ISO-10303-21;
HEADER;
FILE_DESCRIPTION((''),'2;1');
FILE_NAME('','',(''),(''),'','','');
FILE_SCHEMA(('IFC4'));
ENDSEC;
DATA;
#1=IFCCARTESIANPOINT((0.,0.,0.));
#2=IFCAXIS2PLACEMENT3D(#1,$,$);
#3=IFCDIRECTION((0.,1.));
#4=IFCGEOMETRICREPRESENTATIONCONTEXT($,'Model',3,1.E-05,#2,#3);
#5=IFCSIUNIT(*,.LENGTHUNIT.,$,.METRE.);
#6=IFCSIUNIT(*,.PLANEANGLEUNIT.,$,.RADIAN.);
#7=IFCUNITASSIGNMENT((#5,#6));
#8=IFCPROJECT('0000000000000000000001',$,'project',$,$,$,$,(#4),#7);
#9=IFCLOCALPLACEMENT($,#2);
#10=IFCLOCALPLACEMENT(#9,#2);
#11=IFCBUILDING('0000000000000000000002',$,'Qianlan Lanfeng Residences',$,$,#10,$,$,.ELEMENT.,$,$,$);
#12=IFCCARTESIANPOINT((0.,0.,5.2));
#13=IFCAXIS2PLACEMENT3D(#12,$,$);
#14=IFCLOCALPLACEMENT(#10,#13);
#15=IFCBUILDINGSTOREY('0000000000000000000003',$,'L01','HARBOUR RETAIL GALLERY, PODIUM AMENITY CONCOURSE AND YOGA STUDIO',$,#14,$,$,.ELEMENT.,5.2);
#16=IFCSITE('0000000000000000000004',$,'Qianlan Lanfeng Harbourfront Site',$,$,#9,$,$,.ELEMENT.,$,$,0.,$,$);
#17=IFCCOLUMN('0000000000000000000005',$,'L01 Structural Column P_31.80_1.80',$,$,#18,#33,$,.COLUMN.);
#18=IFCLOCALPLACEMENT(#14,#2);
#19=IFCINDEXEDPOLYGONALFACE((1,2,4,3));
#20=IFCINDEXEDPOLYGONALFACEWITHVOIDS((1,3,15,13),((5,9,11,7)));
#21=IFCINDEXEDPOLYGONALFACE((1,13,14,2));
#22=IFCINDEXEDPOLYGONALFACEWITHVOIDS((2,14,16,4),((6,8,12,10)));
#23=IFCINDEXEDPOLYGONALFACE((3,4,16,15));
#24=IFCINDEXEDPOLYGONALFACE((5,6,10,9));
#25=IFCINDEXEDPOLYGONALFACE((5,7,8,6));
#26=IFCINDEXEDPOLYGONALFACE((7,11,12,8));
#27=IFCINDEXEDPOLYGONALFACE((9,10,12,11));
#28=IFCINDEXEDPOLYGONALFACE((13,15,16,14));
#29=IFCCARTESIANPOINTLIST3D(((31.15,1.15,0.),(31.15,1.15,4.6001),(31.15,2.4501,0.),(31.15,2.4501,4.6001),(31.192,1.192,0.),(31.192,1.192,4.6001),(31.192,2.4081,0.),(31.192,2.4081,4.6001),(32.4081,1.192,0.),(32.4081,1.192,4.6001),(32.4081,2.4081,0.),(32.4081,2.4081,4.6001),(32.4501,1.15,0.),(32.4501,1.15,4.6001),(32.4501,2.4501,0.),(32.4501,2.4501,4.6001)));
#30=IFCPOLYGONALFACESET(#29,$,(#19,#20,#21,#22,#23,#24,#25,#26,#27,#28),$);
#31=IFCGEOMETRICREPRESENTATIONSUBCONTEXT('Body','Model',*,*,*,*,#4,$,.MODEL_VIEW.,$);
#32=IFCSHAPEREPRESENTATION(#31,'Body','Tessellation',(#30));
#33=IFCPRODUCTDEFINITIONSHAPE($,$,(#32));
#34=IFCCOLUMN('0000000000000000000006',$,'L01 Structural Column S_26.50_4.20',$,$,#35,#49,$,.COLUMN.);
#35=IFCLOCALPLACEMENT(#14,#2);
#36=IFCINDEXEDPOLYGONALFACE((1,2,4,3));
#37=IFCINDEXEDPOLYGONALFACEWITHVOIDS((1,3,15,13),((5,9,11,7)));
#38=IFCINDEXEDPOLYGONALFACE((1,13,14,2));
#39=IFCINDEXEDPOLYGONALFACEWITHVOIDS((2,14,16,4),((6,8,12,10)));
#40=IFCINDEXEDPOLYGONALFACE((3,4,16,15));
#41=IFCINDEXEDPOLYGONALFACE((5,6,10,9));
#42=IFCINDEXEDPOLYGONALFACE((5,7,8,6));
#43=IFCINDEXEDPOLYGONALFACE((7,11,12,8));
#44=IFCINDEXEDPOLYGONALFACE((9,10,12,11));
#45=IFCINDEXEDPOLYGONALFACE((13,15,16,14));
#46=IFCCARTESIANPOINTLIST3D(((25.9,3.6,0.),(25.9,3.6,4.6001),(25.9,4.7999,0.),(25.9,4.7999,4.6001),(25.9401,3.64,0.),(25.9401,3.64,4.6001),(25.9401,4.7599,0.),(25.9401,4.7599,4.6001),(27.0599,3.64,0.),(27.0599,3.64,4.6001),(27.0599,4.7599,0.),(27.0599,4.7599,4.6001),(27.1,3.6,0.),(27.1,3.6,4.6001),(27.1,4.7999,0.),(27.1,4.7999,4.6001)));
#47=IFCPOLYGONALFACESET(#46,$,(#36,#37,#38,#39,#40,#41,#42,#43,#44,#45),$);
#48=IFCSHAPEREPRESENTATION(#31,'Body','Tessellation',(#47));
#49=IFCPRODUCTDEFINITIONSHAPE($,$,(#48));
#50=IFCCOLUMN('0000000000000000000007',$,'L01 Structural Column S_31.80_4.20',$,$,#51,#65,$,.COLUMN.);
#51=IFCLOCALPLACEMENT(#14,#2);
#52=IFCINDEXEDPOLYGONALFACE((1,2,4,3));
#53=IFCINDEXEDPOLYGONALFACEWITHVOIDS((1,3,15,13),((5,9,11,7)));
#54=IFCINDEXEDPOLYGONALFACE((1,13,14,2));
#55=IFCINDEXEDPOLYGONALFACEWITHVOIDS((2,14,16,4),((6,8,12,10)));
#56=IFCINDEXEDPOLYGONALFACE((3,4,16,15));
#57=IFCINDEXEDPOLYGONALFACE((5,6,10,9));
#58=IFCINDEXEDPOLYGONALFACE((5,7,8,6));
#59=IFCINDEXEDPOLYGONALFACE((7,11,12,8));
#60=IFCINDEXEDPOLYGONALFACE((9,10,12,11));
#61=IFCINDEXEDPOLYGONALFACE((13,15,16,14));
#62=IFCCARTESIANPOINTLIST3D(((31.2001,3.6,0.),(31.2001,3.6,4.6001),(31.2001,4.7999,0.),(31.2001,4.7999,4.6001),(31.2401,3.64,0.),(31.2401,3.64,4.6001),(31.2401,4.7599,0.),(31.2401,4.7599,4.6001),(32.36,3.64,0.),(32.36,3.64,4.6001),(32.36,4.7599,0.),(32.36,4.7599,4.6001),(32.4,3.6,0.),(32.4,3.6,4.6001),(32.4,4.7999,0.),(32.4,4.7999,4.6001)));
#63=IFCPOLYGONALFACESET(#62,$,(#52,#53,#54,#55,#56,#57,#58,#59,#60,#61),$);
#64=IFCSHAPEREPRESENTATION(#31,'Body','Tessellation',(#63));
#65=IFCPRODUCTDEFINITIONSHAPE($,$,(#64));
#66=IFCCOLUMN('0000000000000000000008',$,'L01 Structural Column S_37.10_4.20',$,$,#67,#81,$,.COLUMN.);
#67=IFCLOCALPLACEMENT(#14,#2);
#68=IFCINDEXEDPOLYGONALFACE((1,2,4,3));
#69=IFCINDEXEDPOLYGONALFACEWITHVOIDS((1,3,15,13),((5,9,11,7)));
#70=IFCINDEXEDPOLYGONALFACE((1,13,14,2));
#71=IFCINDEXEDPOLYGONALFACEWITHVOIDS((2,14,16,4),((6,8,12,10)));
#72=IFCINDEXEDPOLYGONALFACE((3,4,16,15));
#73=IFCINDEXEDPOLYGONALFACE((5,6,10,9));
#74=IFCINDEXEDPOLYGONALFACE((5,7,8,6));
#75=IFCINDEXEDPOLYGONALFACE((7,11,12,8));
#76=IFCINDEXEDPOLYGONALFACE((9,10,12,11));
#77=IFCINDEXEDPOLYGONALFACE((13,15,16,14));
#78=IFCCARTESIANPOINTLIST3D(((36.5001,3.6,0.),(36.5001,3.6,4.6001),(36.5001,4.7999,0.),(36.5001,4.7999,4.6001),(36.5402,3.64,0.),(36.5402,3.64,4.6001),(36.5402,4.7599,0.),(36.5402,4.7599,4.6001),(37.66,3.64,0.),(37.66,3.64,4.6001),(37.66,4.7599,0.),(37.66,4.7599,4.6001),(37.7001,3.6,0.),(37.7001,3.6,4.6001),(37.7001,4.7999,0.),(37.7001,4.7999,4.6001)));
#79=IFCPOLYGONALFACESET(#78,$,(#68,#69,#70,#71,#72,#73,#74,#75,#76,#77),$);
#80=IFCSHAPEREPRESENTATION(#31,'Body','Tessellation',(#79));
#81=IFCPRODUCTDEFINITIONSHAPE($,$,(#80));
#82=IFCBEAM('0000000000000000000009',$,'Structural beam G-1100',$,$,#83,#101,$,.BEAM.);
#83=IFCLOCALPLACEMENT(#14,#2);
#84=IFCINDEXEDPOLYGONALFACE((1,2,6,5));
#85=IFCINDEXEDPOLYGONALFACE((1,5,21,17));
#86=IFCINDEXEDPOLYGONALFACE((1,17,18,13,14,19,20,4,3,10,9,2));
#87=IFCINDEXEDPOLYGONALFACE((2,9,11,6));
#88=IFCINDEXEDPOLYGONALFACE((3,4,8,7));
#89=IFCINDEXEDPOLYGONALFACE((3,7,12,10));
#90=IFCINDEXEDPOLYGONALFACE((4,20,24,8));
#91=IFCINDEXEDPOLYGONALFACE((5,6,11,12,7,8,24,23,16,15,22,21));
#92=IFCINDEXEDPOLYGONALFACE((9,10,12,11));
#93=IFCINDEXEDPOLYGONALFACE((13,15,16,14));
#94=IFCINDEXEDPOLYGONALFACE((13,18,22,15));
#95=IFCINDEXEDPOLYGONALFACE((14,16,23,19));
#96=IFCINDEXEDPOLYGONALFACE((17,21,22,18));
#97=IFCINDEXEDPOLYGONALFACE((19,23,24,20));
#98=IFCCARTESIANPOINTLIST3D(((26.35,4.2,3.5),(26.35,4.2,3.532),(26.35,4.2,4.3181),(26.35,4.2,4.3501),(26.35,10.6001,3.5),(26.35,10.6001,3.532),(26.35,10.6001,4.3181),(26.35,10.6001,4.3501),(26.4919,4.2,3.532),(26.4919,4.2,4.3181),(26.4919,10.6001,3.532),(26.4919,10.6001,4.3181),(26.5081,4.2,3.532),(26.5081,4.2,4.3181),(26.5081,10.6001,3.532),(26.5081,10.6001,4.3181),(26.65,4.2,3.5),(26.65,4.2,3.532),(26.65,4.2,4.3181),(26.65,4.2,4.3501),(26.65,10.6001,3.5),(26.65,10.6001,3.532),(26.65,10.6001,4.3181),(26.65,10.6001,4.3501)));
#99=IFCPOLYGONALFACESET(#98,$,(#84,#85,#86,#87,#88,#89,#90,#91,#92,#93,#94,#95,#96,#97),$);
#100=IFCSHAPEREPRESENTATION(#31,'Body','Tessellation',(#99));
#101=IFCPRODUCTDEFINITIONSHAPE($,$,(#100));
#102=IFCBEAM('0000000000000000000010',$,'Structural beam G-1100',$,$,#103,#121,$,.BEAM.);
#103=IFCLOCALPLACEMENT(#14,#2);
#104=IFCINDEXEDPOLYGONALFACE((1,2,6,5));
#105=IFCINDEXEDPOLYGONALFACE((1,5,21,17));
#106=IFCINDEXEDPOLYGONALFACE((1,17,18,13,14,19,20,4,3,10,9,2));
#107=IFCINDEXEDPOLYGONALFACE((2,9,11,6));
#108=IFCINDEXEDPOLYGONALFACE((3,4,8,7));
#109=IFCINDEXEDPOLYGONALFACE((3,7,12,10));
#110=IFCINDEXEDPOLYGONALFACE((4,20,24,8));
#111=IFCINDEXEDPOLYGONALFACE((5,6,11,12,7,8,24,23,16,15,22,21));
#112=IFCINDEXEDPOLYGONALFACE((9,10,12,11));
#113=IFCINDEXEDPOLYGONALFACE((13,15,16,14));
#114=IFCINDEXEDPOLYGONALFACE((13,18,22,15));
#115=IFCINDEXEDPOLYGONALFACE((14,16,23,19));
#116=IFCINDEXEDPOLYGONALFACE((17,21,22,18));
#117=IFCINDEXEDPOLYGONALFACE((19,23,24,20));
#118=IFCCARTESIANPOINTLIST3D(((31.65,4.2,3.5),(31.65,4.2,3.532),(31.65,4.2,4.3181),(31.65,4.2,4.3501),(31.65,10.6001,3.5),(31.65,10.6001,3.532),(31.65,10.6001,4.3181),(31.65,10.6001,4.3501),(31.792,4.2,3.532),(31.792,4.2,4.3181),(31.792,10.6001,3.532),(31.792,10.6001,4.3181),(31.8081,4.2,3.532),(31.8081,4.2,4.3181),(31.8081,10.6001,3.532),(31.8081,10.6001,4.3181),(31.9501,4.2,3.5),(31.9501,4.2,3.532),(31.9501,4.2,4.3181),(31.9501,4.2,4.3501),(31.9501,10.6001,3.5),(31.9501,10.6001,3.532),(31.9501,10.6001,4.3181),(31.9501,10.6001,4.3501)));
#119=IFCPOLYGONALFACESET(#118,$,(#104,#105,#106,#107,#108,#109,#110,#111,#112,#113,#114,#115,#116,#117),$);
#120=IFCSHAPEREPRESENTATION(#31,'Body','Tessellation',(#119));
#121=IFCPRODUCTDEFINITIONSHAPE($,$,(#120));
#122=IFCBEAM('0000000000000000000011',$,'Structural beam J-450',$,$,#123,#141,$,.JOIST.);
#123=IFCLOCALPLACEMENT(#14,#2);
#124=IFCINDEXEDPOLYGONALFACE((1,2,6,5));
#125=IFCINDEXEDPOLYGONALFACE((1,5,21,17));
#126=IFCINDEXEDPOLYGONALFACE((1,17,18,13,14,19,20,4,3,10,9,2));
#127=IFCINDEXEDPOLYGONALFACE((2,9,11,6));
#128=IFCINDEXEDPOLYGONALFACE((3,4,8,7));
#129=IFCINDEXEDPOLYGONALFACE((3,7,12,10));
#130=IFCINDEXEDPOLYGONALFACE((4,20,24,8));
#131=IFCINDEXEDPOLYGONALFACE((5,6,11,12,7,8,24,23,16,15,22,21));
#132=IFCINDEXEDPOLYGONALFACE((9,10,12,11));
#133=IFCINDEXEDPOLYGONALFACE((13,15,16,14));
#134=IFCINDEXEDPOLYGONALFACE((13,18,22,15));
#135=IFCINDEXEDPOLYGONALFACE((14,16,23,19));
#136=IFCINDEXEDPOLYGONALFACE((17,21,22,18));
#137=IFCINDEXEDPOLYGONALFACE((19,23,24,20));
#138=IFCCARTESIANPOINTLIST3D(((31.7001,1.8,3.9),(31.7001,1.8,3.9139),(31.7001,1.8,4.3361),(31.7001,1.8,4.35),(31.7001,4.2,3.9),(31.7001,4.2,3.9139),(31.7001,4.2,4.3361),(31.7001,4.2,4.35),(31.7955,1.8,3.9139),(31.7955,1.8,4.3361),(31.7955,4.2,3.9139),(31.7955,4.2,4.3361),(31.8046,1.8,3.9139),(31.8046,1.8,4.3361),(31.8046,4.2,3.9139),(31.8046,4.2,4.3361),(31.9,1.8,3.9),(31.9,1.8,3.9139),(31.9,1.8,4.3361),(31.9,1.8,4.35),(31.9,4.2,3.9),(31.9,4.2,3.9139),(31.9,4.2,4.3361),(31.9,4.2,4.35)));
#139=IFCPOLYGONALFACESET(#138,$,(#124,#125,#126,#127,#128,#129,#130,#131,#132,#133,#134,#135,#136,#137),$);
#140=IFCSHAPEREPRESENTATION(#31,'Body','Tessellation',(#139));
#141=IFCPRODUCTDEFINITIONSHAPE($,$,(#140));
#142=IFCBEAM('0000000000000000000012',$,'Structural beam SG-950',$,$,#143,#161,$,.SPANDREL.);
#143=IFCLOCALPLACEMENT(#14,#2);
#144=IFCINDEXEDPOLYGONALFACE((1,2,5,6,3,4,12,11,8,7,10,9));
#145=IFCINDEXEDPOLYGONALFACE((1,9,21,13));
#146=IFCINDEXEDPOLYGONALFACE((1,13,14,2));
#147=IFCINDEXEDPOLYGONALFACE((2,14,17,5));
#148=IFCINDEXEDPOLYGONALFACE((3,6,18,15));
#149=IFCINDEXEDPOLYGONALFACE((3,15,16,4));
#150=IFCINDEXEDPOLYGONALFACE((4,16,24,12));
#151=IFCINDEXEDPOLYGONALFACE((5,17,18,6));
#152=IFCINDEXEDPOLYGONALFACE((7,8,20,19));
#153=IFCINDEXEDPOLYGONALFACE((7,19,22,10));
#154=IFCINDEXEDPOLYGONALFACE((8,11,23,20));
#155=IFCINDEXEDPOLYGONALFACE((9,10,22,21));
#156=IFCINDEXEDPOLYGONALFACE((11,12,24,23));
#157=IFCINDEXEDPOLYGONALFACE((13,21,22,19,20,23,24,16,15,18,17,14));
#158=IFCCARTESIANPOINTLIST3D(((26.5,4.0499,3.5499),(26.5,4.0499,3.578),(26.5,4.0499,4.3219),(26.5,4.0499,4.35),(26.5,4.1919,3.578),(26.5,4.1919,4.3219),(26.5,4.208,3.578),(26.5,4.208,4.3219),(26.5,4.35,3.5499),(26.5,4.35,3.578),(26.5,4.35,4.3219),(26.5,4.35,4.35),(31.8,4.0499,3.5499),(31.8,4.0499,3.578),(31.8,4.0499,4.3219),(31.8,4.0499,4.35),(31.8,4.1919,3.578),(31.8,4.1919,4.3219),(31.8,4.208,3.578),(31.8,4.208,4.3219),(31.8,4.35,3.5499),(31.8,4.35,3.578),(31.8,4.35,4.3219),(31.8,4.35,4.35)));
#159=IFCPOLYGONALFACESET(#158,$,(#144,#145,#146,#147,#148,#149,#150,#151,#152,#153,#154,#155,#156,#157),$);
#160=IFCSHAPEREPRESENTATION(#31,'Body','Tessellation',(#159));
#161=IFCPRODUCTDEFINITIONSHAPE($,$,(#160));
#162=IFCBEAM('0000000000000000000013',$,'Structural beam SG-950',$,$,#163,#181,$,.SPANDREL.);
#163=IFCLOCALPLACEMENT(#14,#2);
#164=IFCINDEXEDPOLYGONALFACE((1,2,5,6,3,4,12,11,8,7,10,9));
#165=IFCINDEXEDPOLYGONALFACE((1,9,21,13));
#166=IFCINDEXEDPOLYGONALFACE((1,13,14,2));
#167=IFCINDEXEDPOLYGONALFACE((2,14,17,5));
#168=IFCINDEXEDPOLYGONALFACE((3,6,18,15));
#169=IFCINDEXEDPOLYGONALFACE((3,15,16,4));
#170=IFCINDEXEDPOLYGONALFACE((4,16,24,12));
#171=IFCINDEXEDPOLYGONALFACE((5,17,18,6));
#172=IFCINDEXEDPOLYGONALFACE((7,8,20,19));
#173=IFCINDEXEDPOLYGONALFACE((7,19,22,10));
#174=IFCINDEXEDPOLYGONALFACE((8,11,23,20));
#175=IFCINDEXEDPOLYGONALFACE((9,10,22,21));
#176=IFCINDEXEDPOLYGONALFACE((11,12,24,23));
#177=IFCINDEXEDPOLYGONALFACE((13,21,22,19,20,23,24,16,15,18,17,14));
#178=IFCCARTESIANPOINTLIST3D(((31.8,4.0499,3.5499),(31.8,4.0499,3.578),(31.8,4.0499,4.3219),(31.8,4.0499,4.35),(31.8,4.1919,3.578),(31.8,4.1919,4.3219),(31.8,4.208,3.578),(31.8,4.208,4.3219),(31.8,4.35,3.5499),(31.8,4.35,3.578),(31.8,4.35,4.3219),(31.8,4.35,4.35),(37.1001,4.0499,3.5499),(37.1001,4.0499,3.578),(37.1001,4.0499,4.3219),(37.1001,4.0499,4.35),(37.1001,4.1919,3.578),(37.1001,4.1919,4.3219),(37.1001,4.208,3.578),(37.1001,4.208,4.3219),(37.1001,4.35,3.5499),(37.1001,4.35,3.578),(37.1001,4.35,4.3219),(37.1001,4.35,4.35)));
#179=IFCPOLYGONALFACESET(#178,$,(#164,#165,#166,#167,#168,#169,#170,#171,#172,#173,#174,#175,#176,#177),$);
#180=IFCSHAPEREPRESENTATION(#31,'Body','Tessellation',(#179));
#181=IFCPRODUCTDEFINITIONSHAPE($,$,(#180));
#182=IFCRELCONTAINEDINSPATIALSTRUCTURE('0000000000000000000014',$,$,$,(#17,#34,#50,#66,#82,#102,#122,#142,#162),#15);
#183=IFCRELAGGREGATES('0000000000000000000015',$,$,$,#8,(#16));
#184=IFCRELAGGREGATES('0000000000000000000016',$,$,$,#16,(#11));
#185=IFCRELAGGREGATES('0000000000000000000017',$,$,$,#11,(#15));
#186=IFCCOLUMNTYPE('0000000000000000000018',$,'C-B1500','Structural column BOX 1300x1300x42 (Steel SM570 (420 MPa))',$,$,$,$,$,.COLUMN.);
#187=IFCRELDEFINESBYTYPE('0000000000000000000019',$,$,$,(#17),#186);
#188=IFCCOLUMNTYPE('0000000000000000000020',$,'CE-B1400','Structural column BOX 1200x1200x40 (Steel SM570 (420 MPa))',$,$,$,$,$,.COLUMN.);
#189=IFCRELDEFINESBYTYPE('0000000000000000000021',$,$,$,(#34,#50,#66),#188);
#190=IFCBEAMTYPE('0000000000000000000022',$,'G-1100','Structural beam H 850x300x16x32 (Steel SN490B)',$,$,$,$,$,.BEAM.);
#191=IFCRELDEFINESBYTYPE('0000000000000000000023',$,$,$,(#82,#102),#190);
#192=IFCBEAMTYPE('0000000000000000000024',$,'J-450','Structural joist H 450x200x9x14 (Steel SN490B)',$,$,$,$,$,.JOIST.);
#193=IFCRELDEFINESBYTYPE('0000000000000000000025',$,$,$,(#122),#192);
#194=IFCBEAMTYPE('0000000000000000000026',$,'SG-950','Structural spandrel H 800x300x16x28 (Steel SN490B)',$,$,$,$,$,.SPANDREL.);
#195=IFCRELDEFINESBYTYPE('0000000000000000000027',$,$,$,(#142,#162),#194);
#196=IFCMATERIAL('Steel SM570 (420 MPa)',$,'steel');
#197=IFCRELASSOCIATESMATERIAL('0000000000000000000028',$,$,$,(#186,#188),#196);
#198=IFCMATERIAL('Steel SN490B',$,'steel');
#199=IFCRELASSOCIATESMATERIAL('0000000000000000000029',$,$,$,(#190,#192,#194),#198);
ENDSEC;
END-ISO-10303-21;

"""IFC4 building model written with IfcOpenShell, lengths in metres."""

from ifc_helpers import new_model, si_unit, direction, frame, origin, origin_2d, place, context, subcontext, project, spatial, hollow_rectangle, i_section, extrude, material, material_profile, profile_set, type_object, element, save


model = new_model("IFC4")

# Units and contexts
model_context = context("Model", 3, precision=1e-05, world=origin(), true_north=direction((0.0, 1.0)))
body_context = subcontext(model_context, "Body", "Model", "MODEL_VIEW")
ifc_project = project(units=[si_unit("LENGTHUNIT", "METRE"), si_unit("PLANEANGLEUNIT", "RADIAN")], contexts=[model_context])

# Site, building, storey
site_placement = place(None, origin())
site = spatial("IfcSite", under=ifc_project, at=site_placement, Name="Qianlan Lanfeng Harbourfront Site", CompositionType="ELEMENT", RefElevation=0.0)
building_placement = place(site_placement, origin())
building = spatial("IfcBuilding", under=site, at=building_placement, Name="Qianlan Lanfeng Residences", CompositionType="ELEMENT")
storey_placement = place(building_placement, frame((0.0, 0.0, 5.2)))
storey = spatial("IfcBuildingStorey", under=building, at=storey_placement, Name="L01", Description="HARBOUR RETAIL GALLERY, PODIUM AMENITY CONCOURSE AND YOGA STUDIO", CompositionType="ELEMENT", Elevation=5.2)

# Columns
ifc_material_1 = material(Name="Steel SM570 (420 MPa)", Category="steel")
ifc_material_profile_1 = material_profile(ifc_material_1, hollow_rectangle(XDim=1.3, YDim=1.3, WallThickness=0.042, at=origin_2d()), Name="BOX 1300x1300x42")
ifc_profile_set_1 = profile_set([ifc_material_profile_1], Name="Steel SM570 (420 MPa)")
column_type_1 = type_object("IfcColumnType", Name="C-B1500", Description="Structural column BOX 1300x1300x42 (Steel SM570 (420 MPa))", PredefinedType="COLUMN", material=ifc_profile_set_1)
column_placement = place(storey_placement, frame((31.8, 1.8, 0.0), z_axis=(0.0, 0.0, 1.0), x_axis=(1.0, 0.0, 0.0)))
element("IfcColumn", 1, at=column_placement, inside=storey, type_object=column_type_1, Name="L01 Structural Column P_31.80_1.80", PredefinedType="COLUMN", context=body_context, shape_type="SweptSolid", body=[
    extrude(hollow_rectangle(XDim=1.3, YDim=1.3, WallThickness=0.042, at=origin_2d()), origin(), (0.0, 0.0, 1.0), 4.6001),
])
ifc_material_profile_2 = material_profile(ifc_material_1, hollow_rectangle(XDim=1.2, YDim=1.2, WallThickness=0.04, at=origin_2d()), Name="BOX 1200x1200x40")
ifc_profile_set_2 = profile_set([ifc_material_profile_2], Name="Steel SM570 (420 MPa)")
column_type_2 = type_object("IfcColumnType", Name="CE-B1400", Description="Structural column BOX 1200x1200x40 (Steel SM570 (420 MPa))", PredefinedType="COLUMN", material=ifc_profile_set_2)
for number, where, z_axis, x_axis, name in (
    (2, (26.5, 4.2, 0.0), (0.0, 0.0, 1.0), (1.0, 0.0, 0.0), "L01 Structural Column S_26.50_4.20"),
    (3, (31.8, 4.2, 0.0), (0.0, 0.0, 1.0), (1.0, 0.0, 0.0), "L01 Structural Column S_31.80_4.20"),
    (4, (37.1001, 4.2, 0.0), (0.0, 0.0, 1.0), (1.0, 0.0, 0.0), "L01 Structural Column S_37.10_4.20"),
):
    element("IfcColumn", number, at=place(storey_placement, frame(where, z_axis=z_axis, x_axis=x_axis)), inside=storey, type_object=column_type_2, Name=name, PredefinedType="COLUMN", context=body_context, shape_type="SweptSolid", body=[
        extrude(hollow_rectangle(XDim=1.2, YDim=1.2, WallThickness=0.04, at=origin_2d()), origin(), (0.0, 0.0, 1.0), 4.6001),
    ])

# Beams
ifc_material_2 = material(Name="Steel SN490B", Category="steel")
ifc_material_profile_3 = material_profile(ifc_material_2, i_section(OverallWidth=0.3, OverallDepth=0.8501, WebThickness=0.0161, FlangeThickness=0.032, at=origin_2d()), Name="H 850x300x16x32")
ifc_profile_set_3 = profile_set([ifc_material_profile_3], Name="Steel SN490B")
beam_type_1 = type_object("IfcBeamType", Name="G-1100", Description="Structural beam H 850x300x16x32 (Steel SN490B)", PredefinedType="BEAM", material=ifc_profile_set_3)
for number, where, z_axis, x_axis, name in (
    (5, (26.5, 4.2, 3.925), (0.0, 1.0, 0.0), (-1.0, 0.0, 0.0), "Structural beam G-1100"),
    (6, (31.8, 4.2, 3.925), (0.0, 1.0, 0.0), (-1.0, 0.0, 0.0), "Structural beam G-1100"),
):
    element("IfcBeam", number, at=place(storey_placement, frame(where, z_axis=z_axis, x_axis=x_axis)), inside=storey, type_object=beam_type_1, Name=name, PredefinedType="BEAM", context=body_context, shape_type="SweptSolid", body=[
        extrude(i_section(OverallWidth=0.3, OverallDepth=0.8501, WebThickness=0.0161, FlangeThickness=0.032, at=origin_2d()), origin(), (0.0, 0.0, 1.0), 6.4001),
    ])
ifc_material_profile_4 = material_profile(ifc_material_2, i_section(OverallWidth=0.2, OverallDepth=0.45, WebThickness=0.009, FlangeThickness=0.0139, at=origin_2d()), Name="H 450x200x9x14")
ifc_profile_set_4 = profile_set([ifc_material_profile_4], Name="Steel SN490B")
beam_type_2 = type_object("IfcBeamType", Name="J-450", Description="Structural joist H 450x200x9x14 (Steel SN490B)", PredefinedType="JOIST", material=ifc_profile_set_4)
beam_1_placement = place(storey_placement, frame((31.8, 1.8, 4.125), z_axis=(0.0, 1.0, 0.0), x_axis=(-1.0, 0.0, 0.0)))
element("IfcBeam", 7, at=beam_1_placement, inside=storey, type_object=beam_type_2, Name="Structural beam J-450", PredefinedType="JOIST", context=body_context, shape_type="SweptSolid", body=[
    extrude(i_section(OverallWidth=0.2, OverallDepth=0.45, WebThickness=0.009, FlangeThickness=0.0139, at=origin_2d()), origin(), (0.0, 0.0, 1.0), 2.3999),
])
ifc_material_profile_5 = material_profile(ifc_material_2, i_section(OverallWidth=0.3, OverallDepth=0.8, WebThickness=0.0161, FlangeThickness=0.0281, at=origin_2d()), Name="H 800x300x16x28")
ifc_profile_set_5 = profile_set([ifc_material_profile_5], Name="Steel SN490B")
beam_type_3 = type_object("IfcBeamType", Name="SG-950", Description="Structural spandrel H 800x300x16x28 (Steel SN490B)", PredefinedType="SPANDREL", material=ifc_profile_set_5)
for number, where, z_axis, x_axis, name in (
    (8, (26.5, 4.2, 3.95), (1.0, 0.0, 0.0), (0.0, 1.0, 0.0), "Structural beam SG-950"),
    (9, (31.8, 4.2, 3.95), (1.0, 0.0, 0.0), (0.0, 1.0, 0.0), "Structural beam SG-950"),
):
    element("IfcBeam", number, at=place(storey_placement, frame(where, z_axis=z_axis, x_axis=x_axis)), inside=storey, type_object=beam_type_3, Name=name, PredefinedType="SPANDREL", context=body_context, shape_type="SweptSolid", body=[
        extrude(i_section(OverallWidth=0.3, OverallDepth=0.8, WebThickness=0.0161, FlangeThickness=0.0281, at=origin_2d()), origin(), (0.0, 0.0, 1.0), 5.3),
    ])

save(model, "model.ifc")
